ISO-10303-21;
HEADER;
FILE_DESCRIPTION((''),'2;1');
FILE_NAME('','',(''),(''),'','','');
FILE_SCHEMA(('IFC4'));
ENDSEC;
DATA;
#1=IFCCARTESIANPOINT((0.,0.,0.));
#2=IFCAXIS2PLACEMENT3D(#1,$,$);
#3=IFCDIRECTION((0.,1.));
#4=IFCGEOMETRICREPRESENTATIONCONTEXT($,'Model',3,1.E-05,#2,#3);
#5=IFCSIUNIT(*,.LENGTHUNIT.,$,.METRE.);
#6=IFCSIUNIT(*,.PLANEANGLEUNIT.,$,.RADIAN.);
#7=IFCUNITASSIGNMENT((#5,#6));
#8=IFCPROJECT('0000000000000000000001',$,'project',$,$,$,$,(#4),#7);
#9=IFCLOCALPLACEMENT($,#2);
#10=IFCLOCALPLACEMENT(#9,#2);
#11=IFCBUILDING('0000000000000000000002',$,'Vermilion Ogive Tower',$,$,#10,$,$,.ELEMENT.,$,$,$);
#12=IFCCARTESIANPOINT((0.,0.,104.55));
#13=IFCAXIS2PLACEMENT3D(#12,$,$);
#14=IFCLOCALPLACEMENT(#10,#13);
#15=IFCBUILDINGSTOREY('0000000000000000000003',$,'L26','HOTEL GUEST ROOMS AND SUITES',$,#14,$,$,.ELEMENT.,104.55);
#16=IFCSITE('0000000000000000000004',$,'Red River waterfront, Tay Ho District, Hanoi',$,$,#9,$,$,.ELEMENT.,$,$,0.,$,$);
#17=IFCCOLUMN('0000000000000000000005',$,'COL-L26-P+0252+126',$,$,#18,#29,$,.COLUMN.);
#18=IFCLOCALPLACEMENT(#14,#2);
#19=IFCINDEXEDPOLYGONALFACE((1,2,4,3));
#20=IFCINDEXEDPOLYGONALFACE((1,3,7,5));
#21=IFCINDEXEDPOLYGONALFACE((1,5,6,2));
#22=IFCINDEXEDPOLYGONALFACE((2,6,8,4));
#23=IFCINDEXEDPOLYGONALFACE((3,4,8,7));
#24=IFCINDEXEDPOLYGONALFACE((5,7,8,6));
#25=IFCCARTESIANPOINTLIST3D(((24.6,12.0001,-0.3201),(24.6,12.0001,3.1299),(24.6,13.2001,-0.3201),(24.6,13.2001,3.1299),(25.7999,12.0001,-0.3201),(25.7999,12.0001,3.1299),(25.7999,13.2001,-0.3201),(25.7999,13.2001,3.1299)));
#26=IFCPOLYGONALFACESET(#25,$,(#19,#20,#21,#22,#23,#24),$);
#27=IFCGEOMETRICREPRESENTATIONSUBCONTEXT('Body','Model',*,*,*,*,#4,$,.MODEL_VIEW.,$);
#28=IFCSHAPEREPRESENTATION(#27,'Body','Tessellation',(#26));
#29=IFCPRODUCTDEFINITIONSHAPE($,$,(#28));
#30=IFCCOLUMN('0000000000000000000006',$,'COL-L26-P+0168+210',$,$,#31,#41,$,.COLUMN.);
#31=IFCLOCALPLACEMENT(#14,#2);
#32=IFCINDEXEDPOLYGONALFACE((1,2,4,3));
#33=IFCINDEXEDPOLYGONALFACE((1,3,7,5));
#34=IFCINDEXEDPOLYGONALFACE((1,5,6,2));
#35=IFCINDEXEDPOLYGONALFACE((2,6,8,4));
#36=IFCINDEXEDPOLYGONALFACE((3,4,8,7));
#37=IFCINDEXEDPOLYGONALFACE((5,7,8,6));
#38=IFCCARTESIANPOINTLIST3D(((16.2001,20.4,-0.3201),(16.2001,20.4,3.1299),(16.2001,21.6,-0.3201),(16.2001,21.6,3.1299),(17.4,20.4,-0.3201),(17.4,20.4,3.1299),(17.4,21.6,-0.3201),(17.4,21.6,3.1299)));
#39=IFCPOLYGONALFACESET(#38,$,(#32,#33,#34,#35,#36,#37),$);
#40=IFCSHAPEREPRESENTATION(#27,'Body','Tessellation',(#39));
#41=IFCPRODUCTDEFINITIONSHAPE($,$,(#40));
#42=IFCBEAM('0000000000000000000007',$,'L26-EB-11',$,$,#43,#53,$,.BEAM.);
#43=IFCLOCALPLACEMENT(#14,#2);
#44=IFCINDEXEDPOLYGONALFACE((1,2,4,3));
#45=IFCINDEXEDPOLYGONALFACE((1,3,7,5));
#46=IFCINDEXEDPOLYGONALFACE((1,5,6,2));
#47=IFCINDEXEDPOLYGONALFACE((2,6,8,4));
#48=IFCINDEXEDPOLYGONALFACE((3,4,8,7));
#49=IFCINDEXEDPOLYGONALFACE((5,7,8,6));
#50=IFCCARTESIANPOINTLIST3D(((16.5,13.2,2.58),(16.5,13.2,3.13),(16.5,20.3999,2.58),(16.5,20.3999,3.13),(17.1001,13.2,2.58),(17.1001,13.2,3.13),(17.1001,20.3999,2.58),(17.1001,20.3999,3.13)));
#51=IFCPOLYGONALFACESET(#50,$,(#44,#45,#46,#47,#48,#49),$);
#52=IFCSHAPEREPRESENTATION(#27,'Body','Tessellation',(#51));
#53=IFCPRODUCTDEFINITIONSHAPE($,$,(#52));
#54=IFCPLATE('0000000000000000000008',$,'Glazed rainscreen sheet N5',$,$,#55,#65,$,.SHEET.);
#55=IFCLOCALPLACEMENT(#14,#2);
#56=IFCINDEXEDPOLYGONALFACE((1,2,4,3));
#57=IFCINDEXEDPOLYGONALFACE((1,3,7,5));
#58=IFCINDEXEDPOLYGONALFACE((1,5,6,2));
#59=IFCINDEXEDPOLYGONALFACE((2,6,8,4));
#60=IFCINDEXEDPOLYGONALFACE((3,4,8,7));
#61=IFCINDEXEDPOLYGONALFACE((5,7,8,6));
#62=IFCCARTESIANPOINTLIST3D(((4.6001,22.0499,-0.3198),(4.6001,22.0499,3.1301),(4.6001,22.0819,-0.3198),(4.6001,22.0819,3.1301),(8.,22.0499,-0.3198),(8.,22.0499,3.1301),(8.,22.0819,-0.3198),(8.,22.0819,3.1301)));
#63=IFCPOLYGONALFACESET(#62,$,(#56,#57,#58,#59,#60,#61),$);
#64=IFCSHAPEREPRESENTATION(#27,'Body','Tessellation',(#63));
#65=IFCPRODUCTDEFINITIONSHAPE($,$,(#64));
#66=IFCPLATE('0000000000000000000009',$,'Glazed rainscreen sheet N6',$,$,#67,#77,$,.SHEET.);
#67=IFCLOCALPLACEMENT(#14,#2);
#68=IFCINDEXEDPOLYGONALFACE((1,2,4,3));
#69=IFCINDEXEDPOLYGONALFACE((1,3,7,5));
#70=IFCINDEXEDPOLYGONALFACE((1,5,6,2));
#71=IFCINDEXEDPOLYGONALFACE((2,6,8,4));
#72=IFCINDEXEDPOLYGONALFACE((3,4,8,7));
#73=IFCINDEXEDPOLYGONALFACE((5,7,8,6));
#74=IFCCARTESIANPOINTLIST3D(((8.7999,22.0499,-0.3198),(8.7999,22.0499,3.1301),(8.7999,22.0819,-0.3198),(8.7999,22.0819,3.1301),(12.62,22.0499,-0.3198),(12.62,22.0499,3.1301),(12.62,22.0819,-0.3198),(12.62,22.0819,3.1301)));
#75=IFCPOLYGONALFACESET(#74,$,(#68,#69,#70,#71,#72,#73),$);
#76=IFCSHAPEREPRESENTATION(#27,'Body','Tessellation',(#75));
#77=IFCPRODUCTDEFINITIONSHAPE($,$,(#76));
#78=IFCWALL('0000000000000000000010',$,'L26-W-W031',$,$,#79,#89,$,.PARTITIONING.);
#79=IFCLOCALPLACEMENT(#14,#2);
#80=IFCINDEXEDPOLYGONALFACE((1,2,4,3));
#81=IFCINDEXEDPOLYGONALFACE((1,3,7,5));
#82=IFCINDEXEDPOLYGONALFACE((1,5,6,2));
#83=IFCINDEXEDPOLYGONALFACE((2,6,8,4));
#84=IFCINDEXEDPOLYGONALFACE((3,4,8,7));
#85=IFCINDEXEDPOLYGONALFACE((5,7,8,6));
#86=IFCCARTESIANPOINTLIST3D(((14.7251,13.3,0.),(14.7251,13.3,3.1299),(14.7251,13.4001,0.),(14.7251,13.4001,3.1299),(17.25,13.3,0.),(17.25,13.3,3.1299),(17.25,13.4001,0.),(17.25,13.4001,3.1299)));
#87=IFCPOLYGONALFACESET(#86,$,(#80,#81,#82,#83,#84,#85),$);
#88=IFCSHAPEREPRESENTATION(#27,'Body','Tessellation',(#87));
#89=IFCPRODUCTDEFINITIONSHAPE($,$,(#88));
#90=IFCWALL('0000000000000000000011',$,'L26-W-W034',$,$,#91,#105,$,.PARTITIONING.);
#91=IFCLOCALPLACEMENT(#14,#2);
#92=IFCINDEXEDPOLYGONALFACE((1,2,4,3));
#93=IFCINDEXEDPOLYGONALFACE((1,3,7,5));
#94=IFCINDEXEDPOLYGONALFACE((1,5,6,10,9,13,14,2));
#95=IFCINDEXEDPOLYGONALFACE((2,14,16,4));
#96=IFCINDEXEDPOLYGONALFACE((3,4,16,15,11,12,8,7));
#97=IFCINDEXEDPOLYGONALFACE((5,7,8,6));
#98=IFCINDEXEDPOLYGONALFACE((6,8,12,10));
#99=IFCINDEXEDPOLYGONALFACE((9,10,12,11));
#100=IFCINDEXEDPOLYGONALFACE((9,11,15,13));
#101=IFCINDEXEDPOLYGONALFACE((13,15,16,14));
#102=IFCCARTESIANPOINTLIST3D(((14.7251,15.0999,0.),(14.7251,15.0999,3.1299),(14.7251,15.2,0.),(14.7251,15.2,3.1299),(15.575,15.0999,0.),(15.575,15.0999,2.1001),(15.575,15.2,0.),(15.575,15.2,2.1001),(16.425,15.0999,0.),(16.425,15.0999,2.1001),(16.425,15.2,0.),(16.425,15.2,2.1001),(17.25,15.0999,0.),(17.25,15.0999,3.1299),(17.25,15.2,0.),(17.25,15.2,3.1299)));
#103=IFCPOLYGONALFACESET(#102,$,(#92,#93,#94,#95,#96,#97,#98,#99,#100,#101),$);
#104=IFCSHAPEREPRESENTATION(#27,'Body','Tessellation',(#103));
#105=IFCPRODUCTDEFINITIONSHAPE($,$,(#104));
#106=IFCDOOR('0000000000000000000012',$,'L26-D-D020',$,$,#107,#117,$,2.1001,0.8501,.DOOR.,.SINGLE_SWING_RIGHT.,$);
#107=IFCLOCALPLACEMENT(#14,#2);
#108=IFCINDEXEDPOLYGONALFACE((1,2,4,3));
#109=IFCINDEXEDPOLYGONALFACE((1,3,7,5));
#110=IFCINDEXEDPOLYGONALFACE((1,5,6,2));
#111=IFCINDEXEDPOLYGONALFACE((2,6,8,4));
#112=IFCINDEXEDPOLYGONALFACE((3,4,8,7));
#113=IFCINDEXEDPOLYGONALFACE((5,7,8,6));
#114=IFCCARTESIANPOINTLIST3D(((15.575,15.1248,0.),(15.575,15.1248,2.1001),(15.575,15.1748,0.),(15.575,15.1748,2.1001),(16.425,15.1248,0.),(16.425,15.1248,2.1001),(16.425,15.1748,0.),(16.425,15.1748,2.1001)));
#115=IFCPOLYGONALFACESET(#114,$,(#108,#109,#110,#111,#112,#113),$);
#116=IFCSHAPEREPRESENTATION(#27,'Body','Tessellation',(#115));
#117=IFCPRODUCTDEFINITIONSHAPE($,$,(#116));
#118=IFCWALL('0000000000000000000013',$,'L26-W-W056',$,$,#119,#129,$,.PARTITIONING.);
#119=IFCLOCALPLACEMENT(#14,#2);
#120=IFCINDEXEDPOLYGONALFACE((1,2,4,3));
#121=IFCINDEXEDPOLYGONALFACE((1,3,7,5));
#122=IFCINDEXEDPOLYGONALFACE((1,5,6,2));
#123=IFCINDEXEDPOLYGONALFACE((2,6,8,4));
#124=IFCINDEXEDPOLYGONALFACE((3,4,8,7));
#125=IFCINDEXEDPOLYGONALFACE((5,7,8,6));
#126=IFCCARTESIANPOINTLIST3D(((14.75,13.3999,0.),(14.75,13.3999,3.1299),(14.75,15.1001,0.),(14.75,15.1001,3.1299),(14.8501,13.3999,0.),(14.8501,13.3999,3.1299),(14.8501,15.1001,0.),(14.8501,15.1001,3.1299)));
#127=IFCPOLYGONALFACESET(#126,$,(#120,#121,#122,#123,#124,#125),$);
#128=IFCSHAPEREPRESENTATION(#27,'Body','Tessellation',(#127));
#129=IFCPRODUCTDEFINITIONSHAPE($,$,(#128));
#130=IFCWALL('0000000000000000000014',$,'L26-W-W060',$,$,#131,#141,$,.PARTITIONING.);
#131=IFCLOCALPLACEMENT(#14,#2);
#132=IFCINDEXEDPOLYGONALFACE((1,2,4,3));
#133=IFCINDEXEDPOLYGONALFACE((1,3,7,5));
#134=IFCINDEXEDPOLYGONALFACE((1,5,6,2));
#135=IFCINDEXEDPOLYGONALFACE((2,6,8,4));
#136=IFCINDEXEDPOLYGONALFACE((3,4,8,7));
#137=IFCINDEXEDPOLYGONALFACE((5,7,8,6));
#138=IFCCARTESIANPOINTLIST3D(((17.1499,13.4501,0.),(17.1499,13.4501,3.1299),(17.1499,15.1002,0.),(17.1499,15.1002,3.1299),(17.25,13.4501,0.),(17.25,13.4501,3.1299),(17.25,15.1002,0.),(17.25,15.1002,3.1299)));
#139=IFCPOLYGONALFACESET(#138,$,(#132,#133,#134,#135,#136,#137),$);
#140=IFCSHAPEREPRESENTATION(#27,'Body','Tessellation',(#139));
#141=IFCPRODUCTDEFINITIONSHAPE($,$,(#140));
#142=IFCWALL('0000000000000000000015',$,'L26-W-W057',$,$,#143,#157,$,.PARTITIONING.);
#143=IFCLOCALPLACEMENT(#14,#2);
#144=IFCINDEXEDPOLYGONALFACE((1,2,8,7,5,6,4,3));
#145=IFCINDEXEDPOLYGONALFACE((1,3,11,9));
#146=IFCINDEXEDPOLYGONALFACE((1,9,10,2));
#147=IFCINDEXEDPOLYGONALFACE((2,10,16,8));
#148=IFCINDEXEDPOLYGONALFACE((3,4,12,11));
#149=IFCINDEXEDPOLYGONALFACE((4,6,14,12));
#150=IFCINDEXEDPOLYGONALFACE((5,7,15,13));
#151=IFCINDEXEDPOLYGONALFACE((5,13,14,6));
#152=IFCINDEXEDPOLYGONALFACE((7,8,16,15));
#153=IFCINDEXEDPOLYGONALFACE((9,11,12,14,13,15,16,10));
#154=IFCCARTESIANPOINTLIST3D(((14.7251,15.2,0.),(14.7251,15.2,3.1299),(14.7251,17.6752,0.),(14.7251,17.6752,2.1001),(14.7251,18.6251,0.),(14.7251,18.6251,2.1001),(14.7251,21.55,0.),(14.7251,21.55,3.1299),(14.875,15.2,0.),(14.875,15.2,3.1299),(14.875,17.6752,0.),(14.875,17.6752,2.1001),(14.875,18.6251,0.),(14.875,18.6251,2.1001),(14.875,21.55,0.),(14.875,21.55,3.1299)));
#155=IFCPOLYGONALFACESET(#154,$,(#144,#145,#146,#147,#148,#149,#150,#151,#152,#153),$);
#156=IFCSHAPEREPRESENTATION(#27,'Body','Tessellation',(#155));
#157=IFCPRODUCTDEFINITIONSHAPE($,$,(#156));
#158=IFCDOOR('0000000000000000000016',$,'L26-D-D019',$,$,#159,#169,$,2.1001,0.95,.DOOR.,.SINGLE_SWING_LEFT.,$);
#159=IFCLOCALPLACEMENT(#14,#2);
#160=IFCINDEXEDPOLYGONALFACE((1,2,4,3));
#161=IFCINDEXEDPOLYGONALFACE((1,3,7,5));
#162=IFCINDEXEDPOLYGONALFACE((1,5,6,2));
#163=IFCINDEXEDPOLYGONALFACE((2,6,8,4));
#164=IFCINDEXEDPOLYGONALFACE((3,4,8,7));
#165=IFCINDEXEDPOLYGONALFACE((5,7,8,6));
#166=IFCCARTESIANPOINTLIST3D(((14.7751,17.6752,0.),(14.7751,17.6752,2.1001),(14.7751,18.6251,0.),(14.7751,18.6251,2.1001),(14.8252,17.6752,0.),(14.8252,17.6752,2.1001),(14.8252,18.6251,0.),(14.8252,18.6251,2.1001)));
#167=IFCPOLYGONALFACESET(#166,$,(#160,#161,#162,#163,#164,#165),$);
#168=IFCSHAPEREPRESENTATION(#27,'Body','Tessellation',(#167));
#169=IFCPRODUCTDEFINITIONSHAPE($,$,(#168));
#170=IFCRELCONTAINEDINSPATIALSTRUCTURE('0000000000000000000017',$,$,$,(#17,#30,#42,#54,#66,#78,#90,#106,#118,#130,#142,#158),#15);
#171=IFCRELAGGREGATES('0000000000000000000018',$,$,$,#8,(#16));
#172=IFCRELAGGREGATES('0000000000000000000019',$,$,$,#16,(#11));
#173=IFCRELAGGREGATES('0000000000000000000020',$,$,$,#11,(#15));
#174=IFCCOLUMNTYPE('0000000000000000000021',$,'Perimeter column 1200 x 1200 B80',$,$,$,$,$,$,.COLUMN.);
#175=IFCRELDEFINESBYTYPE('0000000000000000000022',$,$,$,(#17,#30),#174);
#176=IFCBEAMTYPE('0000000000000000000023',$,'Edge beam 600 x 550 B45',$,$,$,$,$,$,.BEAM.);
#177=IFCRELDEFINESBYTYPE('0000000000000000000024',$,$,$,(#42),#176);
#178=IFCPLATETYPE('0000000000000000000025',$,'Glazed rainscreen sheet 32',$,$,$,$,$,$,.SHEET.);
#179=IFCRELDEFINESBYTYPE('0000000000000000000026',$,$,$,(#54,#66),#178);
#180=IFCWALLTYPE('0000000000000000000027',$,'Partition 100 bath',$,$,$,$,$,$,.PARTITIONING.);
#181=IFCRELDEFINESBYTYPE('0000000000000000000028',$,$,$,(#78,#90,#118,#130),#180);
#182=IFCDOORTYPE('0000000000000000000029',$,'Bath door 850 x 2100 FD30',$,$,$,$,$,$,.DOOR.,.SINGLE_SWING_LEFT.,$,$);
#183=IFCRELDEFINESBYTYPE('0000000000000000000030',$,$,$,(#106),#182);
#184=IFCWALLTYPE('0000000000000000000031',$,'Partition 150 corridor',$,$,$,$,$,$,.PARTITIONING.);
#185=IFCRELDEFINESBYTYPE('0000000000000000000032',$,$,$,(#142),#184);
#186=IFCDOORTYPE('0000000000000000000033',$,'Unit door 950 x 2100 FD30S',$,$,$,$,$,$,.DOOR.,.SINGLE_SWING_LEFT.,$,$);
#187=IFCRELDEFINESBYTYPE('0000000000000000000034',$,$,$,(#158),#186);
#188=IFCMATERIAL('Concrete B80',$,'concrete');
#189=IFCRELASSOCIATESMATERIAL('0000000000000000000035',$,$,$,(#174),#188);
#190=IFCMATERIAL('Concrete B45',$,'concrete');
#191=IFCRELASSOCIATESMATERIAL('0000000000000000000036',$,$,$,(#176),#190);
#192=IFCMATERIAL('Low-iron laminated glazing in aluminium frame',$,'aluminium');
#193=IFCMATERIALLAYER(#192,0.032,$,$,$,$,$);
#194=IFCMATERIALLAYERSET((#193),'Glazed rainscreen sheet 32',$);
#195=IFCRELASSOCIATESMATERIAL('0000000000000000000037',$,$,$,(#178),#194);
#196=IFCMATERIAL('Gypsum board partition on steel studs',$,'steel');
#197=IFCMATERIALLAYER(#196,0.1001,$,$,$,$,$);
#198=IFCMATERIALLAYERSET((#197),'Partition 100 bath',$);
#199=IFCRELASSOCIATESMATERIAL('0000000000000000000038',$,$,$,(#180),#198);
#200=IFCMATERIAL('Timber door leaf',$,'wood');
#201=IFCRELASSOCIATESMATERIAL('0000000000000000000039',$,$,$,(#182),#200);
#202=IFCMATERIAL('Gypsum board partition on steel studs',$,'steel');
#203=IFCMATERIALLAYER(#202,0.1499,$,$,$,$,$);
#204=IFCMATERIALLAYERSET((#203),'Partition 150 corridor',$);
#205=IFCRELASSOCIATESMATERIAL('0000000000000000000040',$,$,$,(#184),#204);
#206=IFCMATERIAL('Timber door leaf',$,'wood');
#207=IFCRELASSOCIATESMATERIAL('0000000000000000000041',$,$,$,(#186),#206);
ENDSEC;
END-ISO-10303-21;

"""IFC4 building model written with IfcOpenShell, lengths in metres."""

from ifc_helpers import new_model, si_unit, direction, frame, frame_2d, origin, origin_2d, place, context, subcontext, project, spatial, rectangle, extrude, material, layer, layer_set, material_profile, profile_set, type_object, element, fill, save


model = new_model("IFC4")

# Units and contexts
model_context = context("Model", 3, precision=1e-05, world=origin(), true_north=direction((0.0, 1.0)))
body_context = subcontext(model_context, "Body", "Model", "MODEL_VIEW")
ifc_project = project(units=[si_unit("LENGTHUNIT", "METRE"), si_unit("PLANEANGLEUNIT", "RADIAN")], contexts=[model_context])

# Site, building, storey
site_placement = place(None, origin())
site = spatial("IfcSite", under=ifc_project, at=site_placement, Name="Red River waterfront, Tay Ho District, Hanoi", CompositionType="ELEMENT", RefElevation=0.0)
building_placement = place(site_placement, origin())
building = spatial("IfcBuilding", under=site, at=building_placement, Name="Vermilion Ogive Tower", CompositionType="ELEMENT")
storey_placement = place(building_placement, frame((0.0, 0.0, 104.55)))
storey = spatial("IfcBuildingStorey", under=building, at=storey_placement, Name="L26", Description="HOTEL GUEST ROOMS AND SUITES", CompositionType="ELEMENT", Elevation=104.55)

# Columns
ifc_material_1 = material(Name="Concrete B80", Category="concrete")
ifc_material_profile_1 = material_profile(ifc_material_1, rectangle(XDim=1.2, YDim=1.2, at=origin_2d()), Name="1200 x 1200")
ifc_profile_set_1 = profile_set([ifc_material_profile_1], Name="Concrete B80")
column_type = type_object("IfcColumnType", Name="Perimeter column 1200 x 1200 B80", PredefinedType="COLUMN", material=ifc_profile_set_1)
for number, where, z_axis, x_axis, name in (
    (1, (25.2, 12.6001, -0.3201), (0.0, 0.0, 1.0), (1.0, 0.0, 0.0), "COL-L26-P+0252+126"),
    (2, (16.8, 21.0, -0.3201), (0.0, 0.0, 1.0), (1.0, 0.0, 0.0), "COL-L26-P+0168+210"),
):
    element("IfcColumn", number, at=place(storey_placement, frame(where, z_axis=z_axis, x_axis=x_axis)), inside=storey, type_object=column_type, Name=name, PredefinedType="COLUMN", context=body_context, shape_type="SweptSolid", body=[
        extrude(rectangle(XDim=1.2, YDim=1.2, at=origin_2d()), origin(), (0.0, 0.0, 1.0), 3.45),
    ])

# Beam
ifc_material_2 = material(Name="Concrete B45", Category="concrete")
ifc_material_profile_2 = material_profile(ifc_material_2, rectangle(XDim=0.6001, YDim=0.55, at=origin_2d()), Name="600 x 550")
ifc_profile_set_2 = profile_set([ifc_material_profile_2], Name="Concrete B45")
beam_type = type_object("IfcBeamType", Name="Edge beam 600 x 550 B45", PredefinedType="BEAM", material=ifc_profile_set_2)
beam_placement = place(storey_placement, frame((16.8, 13.2, 2.855), z_axis=(0.0, 1.0, 0.0), x_axis=(-1.0, 0.0, 0.0)))
element("IfcBeam", 3, at=beam_placement, inside=storey, type_object=beam_type, Name="L26-EB-11", PredefinedType="BEAM", context=body_context, shape_type="SweptSolid", body=[
    extrude(rectangle(XDim=0.6001, YDim=0.55, at=origin_2d()), origin(), (0.0, 0.0, 1.0), 7.2),
])

# Plates
ifc_material_3 = material(Name="Low-iron laminated glazing in aluminium frame", Category="aluminium")
ifc_layer_1 = layer(ifc_material_3, 0.032)
ifc_layer_set_1 = layer_set([ifc_layer_1], Name="Glazed rainscreen sheet 32")
plate_type = type_object("IfcPlateType", Name="Glazed rainscreen sheet 32", PredefinedType="SHEET", material=ifc_layer_set_1)
plate_1_placement = place(storey_placement, frame((6.3, 22.0659, -0.3198), z_axis=(0.0, 0.0, 1.0), x_axis=(1.0, 0.0, 0.0)))
element("IfcPlate", 4, at=plate_1_placement, inside=storey, type_object=plate_type, Name="Glazed rainscreen sheet N5", PredefinedType="SHEET", context=body_context, shape_type="SweptSolid", body=[
    extrude(rectangle(XDim=3.3999, YDim=0.032, at=origin_2d()), origin(), (0.0, 0.0, 1.0), 3.45),
])
plate_2_placement = place(storey_placement, frame((10.71, 22.0659, -0.3198), z_axis=(0.0, 0.0, 1.0), x_axis=(1.0, 0.0, 0.0)))
element("IfcPlate", 5, at=plate_2_placement, inside=storey, type_object=plate_type, Name="Glazed rainscreen sheet N6", PredefinedType="SHEET", context=body_context, shape_type="SweptSolid", body=[
    extrude(rectangle(XDim=3.8201, YDim=0.032, at=origin_2d()), origin(), (0.0, 0.0, 1.0), 3.45),
])

# Wall
ifc_material_4 = material(Name="Gypsum board partition on steel studs", Category="steel")
ifc_layer_2 = layer(ifc_material_4, 0.1001)
ifc_layer_set_2 = layer_set([ifc_layer_2], Name="Partition 100 bath")
wall_type_1 = type_object("IfcWallType", Name="Partition 100 bath", PredefinedType="PARTITIONING", material=ifc_layer_set_2)
wall_1_placement = place(storey_placement, frame((14.7251, 13.3501, 0.0), z_axis=(0.0, 0.0, 1.0), x_axis=(1.0, 0.0, 0.0)))
element("IfcWall", 6, at=wall_1_placement, inside=storey, type_object=wall_type_1, Name="L26-W-W031", PredefinedType="PARTITIONING", context=body_context, shape_type="SweptSolid", body=[
    extrude(rectangle(XDim=2.5249, YDim=0.1001, at=frame_2d((1.2625, 0.0))), origin(), (0.0, 0.0, 1.0), 3.1299),
])

# Wall, opening, door
wall_2_placement = place(storey_placement, frame((14.7251, 15.1499, 0.0), z_axis=(0.0, 0.0, 1.0), x_axis=(1.0, 0.0, 0.0)))
wall_2 = element("IfcWall", 7, at=wall_2_placement, inside=storey, type_object=wall_type_1, Name="L26-W-W034", PredefinedType="PARTITIONING", context=body_context, shape_type="SweptSolid", body=[
    extrude(rectangle(XDim=2.5249, YDim=0.1001, at=frame_2d((1.2625, 0.0))), origin(), (0.0, 0.0, 1.0), 3.1299),
])
opening_1_placement = place(wall_2_placement, frame((0.8499, 0.0, 0.0)))
opening_1 = element("IfcOpeningElement", 8, at=opening_1_placement, cuts=wall_2, PredefinedType="OPENING", context=body_context, shape_type="SweptSolid", body=[
    extrude(rectangle(XDim=0.8501, YDim=2.1001, at=frame_2d((0.425, 1.05))), frame((0.0, 0.0601, 0.0), z_axis=(0.0, -1.0, 0.0), x_axis=(1.0, 0.0, 0.0)), (0.0, 0.0, 1.0), 0.1201),
])
ifc_material_5 = material(Name="Timber door leaf", Category="wood")
door_type_1 = type_object("IfcDoorType", Name="Bath door 850 x 2100 FD30", OperationType="SINGLE_SWING_LEFT", PredefinedType="DOOR", material=ifc_material_5)
door_1_placement = place(opening_1_placement, origin())
door_1 = element("IfcDoor", 9, at=door_1_placement, inside=storey, type_object=door_type_1, Name="L26-D-D020", OperationType="SINGLE_SWING_RIGHT", OverallHeight=2.1001, OverallWidth=0.8501, PredefinedType="DOOR", context=body_context, shape_type="SweptSolid", body=[
    extrude(rectangle(XDim=0.8501, YDim=2.1001, at=frame_2d((0.425, 1.05))), frame((0.0, 0.0249, 0.0), z_axis=(0.0, -1.0, 0.0), x_axis=(1.0, 0.0, 0.0)), (0.0, 0.0, 1.0), 0.05),
])
fill(opening_1, door_1)

# Walls
wall_3_placement = place(storey_placement, frame((14.8, 13.3999, 0.0), z_axis=(0.0, 0.0, 1.0), x_axis=(0.0, 1.0, 0.0)))
element("IfcWall", 10, at=wall_3_placement, inside=storey, type_object=wall_type_1, Name="L26-W-W056", PredefinedType="PARTITIONING", context=body_context, shape_type="SweptSolid", body=[
    extrude(rectangle(XDim=1.7002, YDim=0.1001, at=frame_2d((0.8501, 0.0))), origin(), (0.0, 0.0, 1.0), 3.1299),
])
wall_4_placement = place(storey_placement, frame((17.2, 13.45, 0.0), z_axis=(0.0, 0.0, 1.0), x_axis=(0.0, 1.0, 0.0)))
element("IfcWall", 11, at=wall_4_placement, inside=storey, type_object=wall_type_1, Name="L26-W-W060", PredefinedType="PARTITIONING", context=body_context, shape_type="SweptSolid", body=[
    extrude(rectangle(XDim=1.6501, YDim=0.1001, at=frame_2d((0.8252, 0.0))), origin(), (0.0, 0.0, 1.0), 3.1299),
])

# Wall, opening, door
ifc_material_6 = material(Name="Gypsum board partition on steel studs", Category="steel")
ifc_layer_3 = layer(ifc_material_6, 0.1499)
ifc_layer_set_3 = layer_set([ifc_layer_3], Name="Partition 150 corridor")
wall_type_2 = type_object("IfcWallType", Name="Partition 150 corridor", PredefinedType="PARTITIONING", material=ifc_layer_set_3)
wall_5_placement = place(storey_placement, frame((14.8, 15.2, 0.0), z_axis=(0.0, 0.0, 1.0), x_axis=(0.0, 1.0, 0.0)))
wall_5 = element("IfcWall", 12, at=wall_5_placement, inside=storey, type_object=wall_type_2, Name="L26-W-W057", PredefinedType="PARTITIONING", context=body_context, shape_type="SweptSolid", body=[
    extrude(rectangle(XDim=6.3501, YDim=0.1499, at=frame_2d((3.175, 0.0))), origin(), (0.0, 0.0, 1.0), 3.1299),
])
opening_2_placement = place(wall_5_placement, frame((2.4751, 0.0, 0.0)))
opening_2 = element("IfcOpeningElement", 13, at=opening_2_placement, cuts=wall_5, PredefinedType="OPENING", context=body_context, shape_type="SweptSolid", body=[
    extrude(rectangle(XDim=0.95, YDim=2.1001, at=frame_2d((0.4751, 1.05))), frame((0.0, 0.085, 0.0), z_axis=(0.0, -1.0, 0.0), x_axis=(1.0, 0.0, 0.0)), (0.0, 0.0, 1.0), 0.1699),
])
ifc_material_7 = material(Name="Timber door leaf", Category="wood")
door_type_2 = type_object("IfcDoorType", Name="Unit door 950 x 2100 FD30S", OperationType="SINGLE_SWING_LEFT", PredefinedType="DOOR", material=ifc_material_7)
door_2_placement = place(opening_2_placement, origin())
door_2 = element("IfcDoor", 14, at=door_2_placement, inside=storey, type_object=door_type_2, Name="L26-D-D019", OperationType="SINGLE_SWING_LEFT", OverallHeight=2.1001, OverallWidth=0.95, PredefinedType="DOOR", context=body_context, shape_type="SweptSolid", body=[
    extrude(rectangle(XDim=0.95, YDim=2.1001, at=frame_2d((0.4751, 1.05))), frame((0.0, 0.0249, 0.0), z_axis=(0.0, -1.0, 0.0), x_axis=(1.0, 0.0, 0.0)), (0.0, 0.0, 1.0), 0.05),
])
fill(opening_2, door_2)

save(model, "model.ifc")
